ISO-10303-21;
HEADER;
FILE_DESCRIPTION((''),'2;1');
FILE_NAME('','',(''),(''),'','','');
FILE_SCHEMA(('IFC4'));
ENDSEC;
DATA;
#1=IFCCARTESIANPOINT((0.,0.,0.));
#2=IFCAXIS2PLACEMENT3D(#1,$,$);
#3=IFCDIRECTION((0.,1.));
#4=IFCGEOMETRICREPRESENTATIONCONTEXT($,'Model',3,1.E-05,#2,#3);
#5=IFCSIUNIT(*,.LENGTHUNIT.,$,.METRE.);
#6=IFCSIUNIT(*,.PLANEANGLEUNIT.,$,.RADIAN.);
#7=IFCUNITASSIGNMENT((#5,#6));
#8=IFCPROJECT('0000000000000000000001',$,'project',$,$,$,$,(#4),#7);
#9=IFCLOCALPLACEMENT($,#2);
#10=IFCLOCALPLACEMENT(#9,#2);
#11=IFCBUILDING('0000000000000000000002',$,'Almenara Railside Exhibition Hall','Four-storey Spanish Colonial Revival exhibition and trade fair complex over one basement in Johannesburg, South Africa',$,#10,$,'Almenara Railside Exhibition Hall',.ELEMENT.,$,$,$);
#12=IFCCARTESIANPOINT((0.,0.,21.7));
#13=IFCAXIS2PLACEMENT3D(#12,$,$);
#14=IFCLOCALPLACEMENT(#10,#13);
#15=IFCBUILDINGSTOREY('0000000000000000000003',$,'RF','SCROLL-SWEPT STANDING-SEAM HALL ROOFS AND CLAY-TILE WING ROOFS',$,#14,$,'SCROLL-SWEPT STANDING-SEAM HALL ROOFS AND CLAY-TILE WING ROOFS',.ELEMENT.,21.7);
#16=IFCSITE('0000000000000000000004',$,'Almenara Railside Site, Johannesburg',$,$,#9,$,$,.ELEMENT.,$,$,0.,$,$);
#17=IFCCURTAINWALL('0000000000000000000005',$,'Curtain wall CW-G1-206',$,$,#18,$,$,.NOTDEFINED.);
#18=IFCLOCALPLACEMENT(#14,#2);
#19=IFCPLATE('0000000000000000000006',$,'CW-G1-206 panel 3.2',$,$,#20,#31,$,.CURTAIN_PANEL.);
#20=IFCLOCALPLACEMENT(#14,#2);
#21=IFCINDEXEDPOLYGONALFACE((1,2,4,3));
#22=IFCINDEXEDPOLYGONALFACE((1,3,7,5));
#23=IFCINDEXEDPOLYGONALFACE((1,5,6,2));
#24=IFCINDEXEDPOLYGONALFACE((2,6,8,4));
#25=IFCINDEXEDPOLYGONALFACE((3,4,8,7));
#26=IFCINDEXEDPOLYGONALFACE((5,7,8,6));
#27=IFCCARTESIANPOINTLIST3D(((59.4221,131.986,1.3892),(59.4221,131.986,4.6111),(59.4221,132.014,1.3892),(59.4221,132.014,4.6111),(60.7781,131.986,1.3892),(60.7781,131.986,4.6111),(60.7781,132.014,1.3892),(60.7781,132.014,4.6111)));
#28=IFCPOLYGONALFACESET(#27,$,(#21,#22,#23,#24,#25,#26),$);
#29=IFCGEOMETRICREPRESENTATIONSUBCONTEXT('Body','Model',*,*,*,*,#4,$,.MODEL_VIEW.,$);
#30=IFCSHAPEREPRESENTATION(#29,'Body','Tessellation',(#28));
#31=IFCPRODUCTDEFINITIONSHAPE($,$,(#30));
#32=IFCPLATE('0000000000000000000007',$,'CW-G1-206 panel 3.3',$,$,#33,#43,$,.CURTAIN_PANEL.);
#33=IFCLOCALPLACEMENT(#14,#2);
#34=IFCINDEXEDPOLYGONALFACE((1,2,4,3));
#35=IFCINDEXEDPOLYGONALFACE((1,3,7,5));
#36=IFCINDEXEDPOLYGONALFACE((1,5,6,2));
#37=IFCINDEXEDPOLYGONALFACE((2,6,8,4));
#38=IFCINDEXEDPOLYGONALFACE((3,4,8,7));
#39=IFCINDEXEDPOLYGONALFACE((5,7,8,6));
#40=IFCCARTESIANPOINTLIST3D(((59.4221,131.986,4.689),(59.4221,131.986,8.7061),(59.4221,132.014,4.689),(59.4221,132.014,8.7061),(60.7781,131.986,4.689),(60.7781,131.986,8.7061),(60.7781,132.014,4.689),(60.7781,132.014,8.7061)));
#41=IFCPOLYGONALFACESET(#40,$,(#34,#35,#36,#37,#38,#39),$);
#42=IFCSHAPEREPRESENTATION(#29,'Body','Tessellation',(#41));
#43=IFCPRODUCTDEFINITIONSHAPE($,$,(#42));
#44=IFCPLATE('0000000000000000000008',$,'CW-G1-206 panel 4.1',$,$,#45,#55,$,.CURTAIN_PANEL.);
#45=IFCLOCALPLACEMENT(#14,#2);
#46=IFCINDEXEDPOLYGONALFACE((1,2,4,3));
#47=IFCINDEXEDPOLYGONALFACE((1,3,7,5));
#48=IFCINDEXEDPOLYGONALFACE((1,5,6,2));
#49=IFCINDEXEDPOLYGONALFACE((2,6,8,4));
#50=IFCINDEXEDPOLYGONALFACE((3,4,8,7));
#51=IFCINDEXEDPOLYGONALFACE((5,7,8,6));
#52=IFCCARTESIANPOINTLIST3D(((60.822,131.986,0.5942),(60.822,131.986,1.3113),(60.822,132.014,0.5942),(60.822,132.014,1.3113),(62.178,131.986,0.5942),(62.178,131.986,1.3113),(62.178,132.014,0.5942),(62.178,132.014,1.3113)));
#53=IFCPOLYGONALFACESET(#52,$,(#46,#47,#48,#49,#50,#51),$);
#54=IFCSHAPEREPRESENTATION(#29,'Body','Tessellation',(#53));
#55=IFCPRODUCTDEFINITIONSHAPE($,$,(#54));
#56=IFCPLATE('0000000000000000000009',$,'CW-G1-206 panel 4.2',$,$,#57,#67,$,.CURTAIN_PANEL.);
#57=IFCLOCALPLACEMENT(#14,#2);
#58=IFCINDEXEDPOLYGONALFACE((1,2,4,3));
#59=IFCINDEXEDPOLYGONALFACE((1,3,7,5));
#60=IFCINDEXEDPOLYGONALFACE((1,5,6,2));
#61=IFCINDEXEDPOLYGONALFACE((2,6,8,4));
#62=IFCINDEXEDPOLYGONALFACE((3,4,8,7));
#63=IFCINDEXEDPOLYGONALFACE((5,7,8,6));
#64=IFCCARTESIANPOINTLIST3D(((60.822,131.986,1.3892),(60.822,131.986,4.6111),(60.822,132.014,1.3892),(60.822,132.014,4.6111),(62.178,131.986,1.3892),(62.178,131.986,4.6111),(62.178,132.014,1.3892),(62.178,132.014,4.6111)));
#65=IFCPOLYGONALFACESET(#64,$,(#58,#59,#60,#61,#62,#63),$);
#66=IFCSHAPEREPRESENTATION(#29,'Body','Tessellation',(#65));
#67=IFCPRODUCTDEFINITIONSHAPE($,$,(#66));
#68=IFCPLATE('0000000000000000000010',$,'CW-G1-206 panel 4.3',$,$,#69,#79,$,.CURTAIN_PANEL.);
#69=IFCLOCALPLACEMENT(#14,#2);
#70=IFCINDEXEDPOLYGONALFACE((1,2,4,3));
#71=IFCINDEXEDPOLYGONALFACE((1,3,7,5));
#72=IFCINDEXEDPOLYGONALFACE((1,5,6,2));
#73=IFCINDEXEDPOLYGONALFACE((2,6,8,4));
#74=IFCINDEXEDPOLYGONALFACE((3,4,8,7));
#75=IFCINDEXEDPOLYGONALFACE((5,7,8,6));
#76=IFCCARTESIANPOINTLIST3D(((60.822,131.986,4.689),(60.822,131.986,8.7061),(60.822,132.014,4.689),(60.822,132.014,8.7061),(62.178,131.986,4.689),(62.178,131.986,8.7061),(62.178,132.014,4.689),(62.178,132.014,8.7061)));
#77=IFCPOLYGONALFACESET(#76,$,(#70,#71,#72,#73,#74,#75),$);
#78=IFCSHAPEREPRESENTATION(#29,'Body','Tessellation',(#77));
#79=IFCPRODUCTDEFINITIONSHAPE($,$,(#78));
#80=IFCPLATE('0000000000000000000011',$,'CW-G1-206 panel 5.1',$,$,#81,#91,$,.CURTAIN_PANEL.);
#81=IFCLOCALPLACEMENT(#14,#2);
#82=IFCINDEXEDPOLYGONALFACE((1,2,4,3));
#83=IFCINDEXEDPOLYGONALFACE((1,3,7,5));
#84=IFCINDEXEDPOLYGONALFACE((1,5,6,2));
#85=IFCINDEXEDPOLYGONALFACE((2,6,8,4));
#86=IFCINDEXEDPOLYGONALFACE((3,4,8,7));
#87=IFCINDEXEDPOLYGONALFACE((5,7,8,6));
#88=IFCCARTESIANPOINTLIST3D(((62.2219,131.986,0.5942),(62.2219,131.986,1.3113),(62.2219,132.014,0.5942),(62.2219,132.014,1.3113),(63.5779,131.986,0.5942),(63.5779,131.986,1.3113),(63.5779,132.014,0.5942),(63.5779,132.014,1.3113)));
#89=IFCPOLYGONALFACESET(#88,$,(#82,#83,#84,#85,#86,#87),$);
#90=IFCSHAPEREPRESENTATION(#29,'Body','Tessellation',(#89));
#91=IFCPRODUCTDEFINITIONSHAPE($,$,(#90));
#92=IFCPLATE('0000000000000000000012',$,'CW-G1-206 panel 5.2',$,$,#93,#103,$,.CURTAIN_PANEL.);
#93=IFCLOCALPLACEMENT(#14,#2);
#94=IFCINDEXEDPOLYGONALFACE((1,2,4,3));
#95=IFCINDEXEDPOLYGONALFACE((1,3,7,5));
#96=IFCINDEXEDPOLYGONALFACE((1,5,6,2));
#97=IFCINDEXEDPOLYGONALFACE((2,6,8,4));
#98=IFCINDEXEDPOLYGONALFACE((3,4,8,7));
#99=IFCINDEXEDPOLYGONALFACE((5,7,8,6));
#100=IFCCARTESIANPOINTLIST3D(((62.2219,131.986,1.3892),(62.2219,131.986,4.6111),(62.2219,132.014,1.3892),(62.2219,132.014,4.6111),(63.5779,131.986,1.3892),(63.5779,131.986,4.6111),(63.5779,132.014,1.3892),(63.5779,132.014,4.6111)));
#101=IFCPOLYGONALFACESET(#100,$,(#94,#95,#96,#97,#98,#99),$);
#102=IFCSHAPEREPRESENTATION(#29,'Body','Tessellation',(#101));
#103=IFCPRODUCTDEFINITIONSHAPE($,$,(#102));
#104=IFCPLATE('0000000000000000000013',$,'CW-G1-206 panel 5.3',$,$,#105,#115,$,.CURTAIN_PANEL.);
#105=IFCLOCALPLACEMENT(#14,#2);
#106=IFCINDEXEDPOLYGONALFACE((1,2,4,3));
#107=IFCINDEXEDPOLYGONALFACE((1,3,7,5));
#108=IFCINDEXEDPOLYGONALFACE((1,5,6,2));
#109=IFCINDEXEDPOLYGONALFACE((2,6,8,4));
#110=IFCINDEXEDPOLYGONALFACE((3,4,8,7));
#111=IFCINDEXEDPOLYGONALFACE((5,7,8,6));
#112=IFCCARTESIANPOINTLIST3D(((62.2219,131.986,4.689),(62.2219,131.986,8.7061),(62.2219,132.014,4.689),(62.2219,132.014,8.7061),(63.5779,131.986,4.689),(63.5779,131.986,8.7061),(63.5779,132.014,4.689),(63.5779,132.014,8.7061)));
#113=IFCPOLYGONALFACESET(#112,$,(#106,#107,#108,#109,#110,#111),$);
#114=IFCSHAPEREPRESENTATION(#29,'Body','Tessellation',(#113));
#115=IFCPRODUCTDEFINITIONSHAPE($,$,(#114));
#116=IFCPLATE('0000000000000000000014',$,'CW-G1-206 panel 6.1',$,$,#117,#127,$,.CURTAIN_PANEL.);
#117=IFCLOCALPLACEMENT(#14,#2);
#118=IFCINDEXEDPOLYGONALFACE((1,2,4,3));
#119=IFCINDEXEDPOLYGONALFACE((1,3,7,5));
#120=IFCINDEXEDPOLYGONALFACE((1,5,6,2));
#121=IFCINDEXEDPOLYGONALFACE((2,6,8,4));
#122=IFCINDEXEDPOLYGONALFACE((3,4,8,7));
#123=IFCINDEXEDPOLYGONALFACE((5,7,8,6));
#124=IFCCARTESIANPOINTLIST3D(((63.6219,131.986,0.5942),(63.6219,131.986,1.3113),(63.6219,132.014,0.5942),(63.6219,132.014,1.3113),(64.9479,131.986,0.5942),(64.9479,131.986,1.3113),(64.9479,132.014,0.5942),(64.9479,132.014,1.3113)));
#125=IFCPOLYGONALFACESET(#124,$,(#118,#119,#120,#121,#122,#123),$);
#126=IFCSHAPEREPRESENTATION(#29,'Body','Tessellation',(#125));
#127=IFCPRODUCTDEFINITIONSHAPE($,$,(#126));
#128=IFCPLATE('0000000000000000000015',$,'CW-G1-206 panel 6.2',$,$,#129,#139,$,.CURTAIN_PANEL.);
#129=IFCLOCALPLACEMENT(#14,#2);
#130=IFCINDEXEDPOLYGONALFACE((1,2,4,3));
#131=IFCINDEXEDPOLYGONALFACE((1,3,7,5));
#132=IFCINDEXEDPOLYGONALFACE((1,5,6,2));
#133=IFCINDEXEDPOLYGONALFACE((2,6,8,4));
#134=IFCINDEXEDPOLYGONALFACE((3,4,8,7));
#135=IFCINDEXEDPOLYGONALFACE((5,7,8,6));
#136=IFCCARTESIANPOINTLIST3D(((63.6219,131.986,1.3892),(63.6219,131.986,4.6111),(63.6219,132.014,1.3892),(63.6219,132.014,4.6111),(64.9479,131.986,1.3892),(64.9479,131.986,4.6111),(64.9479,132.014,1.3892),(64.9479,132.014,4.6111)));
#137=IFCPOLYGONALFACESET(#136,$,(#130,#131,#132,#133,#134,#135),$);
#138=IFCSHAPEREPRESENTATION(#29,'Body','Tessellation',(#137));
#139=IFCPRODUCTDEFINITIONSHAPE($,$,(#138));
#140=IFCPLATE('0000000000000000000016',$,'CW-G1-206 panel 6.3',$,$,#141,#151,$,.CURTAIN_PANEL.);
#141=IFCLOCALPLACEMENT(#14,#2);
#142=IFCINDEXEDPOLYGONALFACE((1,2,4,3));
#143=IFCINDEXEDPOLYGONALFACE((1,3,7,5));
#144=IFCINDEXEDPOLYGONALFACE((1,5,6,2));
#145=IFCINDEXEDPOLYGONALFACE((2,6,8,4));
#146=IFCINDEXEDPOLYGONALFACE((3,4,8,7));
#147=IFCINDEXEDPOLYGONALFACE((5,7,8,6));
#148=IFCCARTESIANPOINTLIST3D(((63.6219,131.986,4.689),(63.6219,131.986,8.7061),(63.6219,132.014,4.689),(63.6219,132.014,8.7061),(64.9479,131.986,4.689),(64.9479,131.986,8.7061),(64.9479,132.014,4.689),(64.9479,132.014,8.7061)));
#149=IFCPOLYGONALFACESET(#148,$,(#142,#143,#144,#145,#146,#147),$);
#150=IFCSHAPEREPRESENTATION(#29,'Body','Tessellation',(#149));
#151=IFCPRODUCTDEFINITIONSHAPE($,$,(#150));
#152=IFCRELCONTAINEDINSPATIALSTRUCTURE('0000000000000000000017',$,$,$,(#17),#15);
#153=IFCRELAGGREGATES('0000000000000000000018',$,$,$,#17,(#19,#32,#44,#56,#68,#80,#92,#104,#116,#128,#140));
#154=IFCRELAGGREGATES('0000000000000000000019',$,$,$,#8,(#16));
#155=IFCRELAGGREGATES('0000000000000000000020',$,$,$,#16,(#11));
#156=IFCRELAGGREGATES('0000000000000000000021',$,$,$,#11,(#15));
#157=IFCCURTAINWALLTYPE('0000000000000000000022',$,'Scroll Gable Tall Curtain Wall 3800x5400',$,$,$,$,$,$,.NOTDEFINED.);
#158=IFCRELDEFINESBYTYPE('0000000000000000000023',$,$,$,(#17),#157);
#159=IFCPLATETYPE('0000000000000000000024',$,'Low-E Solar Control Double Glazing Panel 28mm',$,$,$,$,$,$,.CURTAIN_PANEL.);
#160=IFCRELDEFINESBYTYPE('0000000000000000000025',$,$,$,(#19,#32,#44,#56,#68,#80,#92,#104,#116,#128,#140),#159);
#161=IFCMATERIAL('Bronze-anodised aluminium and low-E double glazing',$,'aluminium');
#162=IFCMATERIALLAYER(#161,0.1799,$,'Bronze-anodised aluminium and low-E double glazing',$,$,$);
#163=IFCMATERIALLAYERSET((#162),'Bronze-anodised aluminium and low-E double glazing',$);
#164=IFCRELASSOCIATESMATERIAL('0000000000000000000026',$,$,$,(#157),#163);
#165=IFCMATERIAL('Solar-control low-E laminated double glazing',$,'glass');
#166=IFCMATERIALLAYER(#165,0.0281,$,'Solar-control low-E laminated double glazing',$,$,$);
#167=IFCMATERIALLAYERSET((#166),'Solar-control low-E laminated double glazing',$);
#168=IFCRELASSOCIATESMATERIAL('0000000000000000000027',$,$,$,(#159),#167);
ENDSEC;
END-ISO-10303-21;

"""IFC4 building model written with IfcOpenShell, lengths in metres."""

from ifc_helpers import new_model, si_unit, direction, frame, origin, origin_2d, place, context, subcontext, project, spatial, rectangle, extrude, material, layer, layer_set, type_object, element, aggregate, save


model = new_model("IFC4")

# Units and contexts
model_context = context("Model", 3, precision=1e-05, world=origin(), true_north=direction((0.0, 1.0)))
body_context = subcontext(model_context, "Body", "Model", "MODEL_VIEW")
ifc_project = project(units=[si_unit("LENGTHUNIT", "METRE"), si_unit("PLANEANGLEUNIT", "RADIAN")], contexts=[model_context])

# Site, building, storey
site_placement = place(None, origin())
site = spatial("IfcSite", under=ifc_project, at=site_placement, Name="Almenara Railside Site, Johannesburg", CompositionType="ELEMENT", RefElevation=0.0)
building_placement = place(site_placement, origin())
building = spatial("IfcBuilding", under=site, at=building_placement, Name="Almenara Railside Exhibition Hall", Description="Four-storey Spanish Colonial Revival exhibition and trade fair complex over one basement in Johannesburg, South Africa", LongName="Almenara Railside Exhibition Hall", CompositionType="ELEMENT")
storey_placement = place(building_placement, frame((0.0, 0.0, 21.7)))
storey = spatial("IfcBuildingStorey", under=building, at=storey_placement, Name="RF", Description="SCROLL-SWEPT STANDING-SEAM HALL ROOFS AND CLAY-TILE WING ROOFS", LongName="SCROLL-SWEPT STANDING-SEAM HALL ROOFS AND CLAY-TILE WING ROOFS", CompositionType="ELEMENT", Elevation=21.7)

# Curtain wall
ifc_material_1 = material(Name="Bronze-anodised aluminium and low-E double glazing", Category="aluminium")
ifc_layer_1 = layer(ifc_material_1, 0.1799, Name="Bronze-anodised aluminium and low-E double glazing")
ifc_layer_set_1 = layer_set([ifc_layer_1], Name="Bronze-anodised aluminium and low-E double glazing")
curtain_wall_type = type_object("IfcCurtainWallType", Name="Scroll Gable Tall Curtain Wall 3800x5400", PredefinedType="NOTDEFINED", material=ifc_layer_set_1)
curtain_wall_placement = place(storey_placement, origin())
curtain_wall = element("IfcCurtainWall", 1, at=curtain_wall_placement, inside=storey, type_object=curtain_wall_type, Name="Curtain wall CW-G1-206", PredefinedType="NOTDEFINED")

# Plates
ifc_material_2 = material(Name="Solar-control low-E laminated double glazing", Category="glass")
ifc_layer_2 = layer(ifc_material_2, 0.0281, Name="Solar-control low-E laminated double glazing")
ifc_layer_set_2 = layer_set([ifc_layer_2], Name="Solar-control low-E laminated double glazing")
plate_type = type_object("IfcPlateType", Name="Low-E Solar Control Double Glazing Panel 28mm", PredefinedType="CURTAIN_PANEL", material=ifc_layer_set_2)
plate_1_placement = place(storey_placement, frame((60.1001, 132.0, 1.3892), z_axis=(0.0, 0.0, 1.0), x_axis=(1.0, 0.0, 0.0)))
plate_1 = element("IfcPlate", 2, at=plate_1_placement, type_object=plate_type, Name="CW-G1-206 panel 3.2", PredefinedType="CURTAIN_PANEL", context=body_context, shape_type="SweptSolid", body=[
    extrude(rectangle(XDim=1.356, YDim=0.0281, at=origin_2d()), origin(), (0.0, 0.0, 1.0), 3.2219),
])
plate_2_placement = place(storey_placement, frame((60.1001, 132.0, 4.689), z_axis=(0.0, 0.0, 1.0), x_axis=(1.0, 0.0, 0.0)))
plate_2 = element("IfcPlate", 3, at=plate_2_placement, type_object=plate_type, Name="CW-G1-206 panel 3.3", PredefinedType="CURTAIN_PANEL", context=body_context, shape_type="SweptSolid", body=[
    extrude(rectangle(XDim=1.356, YDim=0.0281, at=origin_2d()), origin(), (0.0, 0.0, 1.0), 4.0171),
])
plate_3_placement = place(storey_placement, frame((61.5, 132.0, 0.5942), z_axis=(0.0, 0.0, 1.0), x_axis=(1.0, 0.0, 0.0)))
plate_3 = element("IfcPlate", 4, at=plate_3_placement, type_object=plate_type, Name="CW-G1-206 panel 4.1", PredefinedType="CURTAIN_PANEL", context=body_context, shape_type="SweptSolid", body=[
    extrude(rectangle(XDim=1.356, YDim=0.0281, at=origin_2d()), origin(), (0.0, 0.0, 1.0), 0.717),
])
plate_4_placement = place(storey_placement, frame((61.5, 132.0, 1.3892), z_axis=(0.0, 0.0, 1.0), x_axis=(1.0, 0.0, 0.0)))
plate_4 = element("IfcPlate", 5, at=plate_4_placement, type_object=plate_type, Name="CW-G1-206 panel 4.2", PredefinedType="CURTAIN_PANEL", context=body_context, shape_type="SweptSolid", body=[
    extrude(rectangle(XDim=1.356, YDim=0.0281, at=origin_2d()), origin(), (0.0, 0.0, 1.0), 3.2219),
])
plate_5_placement = place(storey_placement, frame((61.5, 132.0, 4.689), z_axis=(0.0, 0.0, 1.0), x_axis=(1.0, 0.0, 0.0)))
plate_5 = element("IfcPlate", 6, at=plate_5_placement, type_object=plate_type, Name="CW-G1-206 panel 4.3", PredefinedType="CURTAIN_PANEL", context=body_context, shape_type="SweptSolid", body=[
    extrude(rectangle(XDim=1.356, YDim=0.0281, at=origin_2d()), origin(), (0.0, 0.0, 1.0), 4.0171),
])
plate_6_placement = place(storey_placement, frame((62.8999, 132.0, 0.5942), z_axis=(0.0, 0.0, 1.0), x_axis=(1.0, 0.0, 0.0)))
plate_6 = element("IfcPlate", 7, at=plate_6_placement, type_object=plate_type, Name="CW-G1-206 panel 5.1", PredefinedType="CURTAIN_PANEL", context=body_context, shape_type="SweptSolid", body=[
    extrude(rectangle(XDim=1.356, YDim=0.0281, at=origin_2d()), origin(), (0.0, 0.0, 1.0), 0.717),
])
plate_7_placement = place(storey_placement, frame((62.8999, 132.0, 1.3892), z_axis=(0.0, 0.0, 1.0), x_axis=(1.0, 0.0, 0.0)))
plate_7 = element("IfcPlate", 8, at=plate_7_placement, type_object=plate_type, Name="CW-G1-206 panel 5.2", PredefinedType="CURTAIN_PANEL", context=body_context, shape_type="SweptSolid", body=[
    extrude(rectangle(XDim=1.356, YDim=0.0281, at=origin_2d()), origin(), (0.0, 0.0, 1.0), 3.2219),
])
plate_8_placement = place(storey_placement, frame((62.8999, 132.0, 4.689), z_axis=(0.0, 0.0, 1.0), x_axis=(1.0, 0.0, 0.0)))
plate_8 = element("IfcPlate", 9, at=plate_8_placement, type_object=plate_type, Name="CW-G1-206 panel 5.3", PredefinedType="CURTAIN_PANEL", context=body_context, shape_type="SweptSolid", body=[
    extrude(rectangle(XDim=1.356, YDim=0.0281, at=origin_2d()), origin(), (0.0, 0.0, 1.0), 4.0171),
])
plate_9_placement = place(storey_placement, frame((64.2849, 132.0, 0.5942), z_axis=(0.0, 0.0, 1.0), x_axis=(1.0, 0.0, 0.0)))
plate_9 = element("IfcPlate", 10, at=plate_9_placement, type_object=plate_type, Name="CW-G1-206 panel 6.1", PredefinedType="CURTAIN_PANEL", context=body_context, shape_type="SweptSolid", body=[
    extrude(rectangle(XDim=1.3259, YDim=0.0281, at=origin_2d()), origin(), (0.0, 0.0, 1.0), 0.717),
])
plate_10_placement = place(storey_placement, frame((64.2849, 132.0, 1.3892), z_axis=(0.0, 0.0, 1.0), x_axis=(1.0, 0.0, 0.0)))
plate_10 = element("IfcPlate", 11, at=plate_10_placement, type_object=plate_type, Name="CW-G1-206 panel 6.2", PredefinedType="CURTAIN_PANEL", context=body_context, shape_type="SweptSolid", body=[
    extrude(rectangle(XDim=1.3259, YDim=0.0281, at=origin_2d()), origin(), (0.0, 0.0, 1.0), 3.2219),
])
plate_11_placement = place(storey_placement, frame((64.2849, 132.0, 4.689), z_axis=(0.0, 0.0, 1.0), x_axis=(1.0, 0.0, 0.0)))
plate_11 = element("IfcPlate", 12, at=plate_11_placement, type_object=plate_type, Name="CW-G1-206 panel 6.3", PredefinedType="CURTAIN_PANEL", context=body_context, shape_type="SweptSolid", body=[
    extrude(rectangle(XDim=1.3259, YDim=0.0281, at=origin_2d()), origin(), (0.0, 0.0, 1.0), 4.0171),
])
aggregate(curtain_wall, [plate_1, plate_2, plate_3, plate_4, plate_5, plate_6, plate_7, plate_8, plate_9, plate_10, plate_11])

save(model, "model.ifc")
